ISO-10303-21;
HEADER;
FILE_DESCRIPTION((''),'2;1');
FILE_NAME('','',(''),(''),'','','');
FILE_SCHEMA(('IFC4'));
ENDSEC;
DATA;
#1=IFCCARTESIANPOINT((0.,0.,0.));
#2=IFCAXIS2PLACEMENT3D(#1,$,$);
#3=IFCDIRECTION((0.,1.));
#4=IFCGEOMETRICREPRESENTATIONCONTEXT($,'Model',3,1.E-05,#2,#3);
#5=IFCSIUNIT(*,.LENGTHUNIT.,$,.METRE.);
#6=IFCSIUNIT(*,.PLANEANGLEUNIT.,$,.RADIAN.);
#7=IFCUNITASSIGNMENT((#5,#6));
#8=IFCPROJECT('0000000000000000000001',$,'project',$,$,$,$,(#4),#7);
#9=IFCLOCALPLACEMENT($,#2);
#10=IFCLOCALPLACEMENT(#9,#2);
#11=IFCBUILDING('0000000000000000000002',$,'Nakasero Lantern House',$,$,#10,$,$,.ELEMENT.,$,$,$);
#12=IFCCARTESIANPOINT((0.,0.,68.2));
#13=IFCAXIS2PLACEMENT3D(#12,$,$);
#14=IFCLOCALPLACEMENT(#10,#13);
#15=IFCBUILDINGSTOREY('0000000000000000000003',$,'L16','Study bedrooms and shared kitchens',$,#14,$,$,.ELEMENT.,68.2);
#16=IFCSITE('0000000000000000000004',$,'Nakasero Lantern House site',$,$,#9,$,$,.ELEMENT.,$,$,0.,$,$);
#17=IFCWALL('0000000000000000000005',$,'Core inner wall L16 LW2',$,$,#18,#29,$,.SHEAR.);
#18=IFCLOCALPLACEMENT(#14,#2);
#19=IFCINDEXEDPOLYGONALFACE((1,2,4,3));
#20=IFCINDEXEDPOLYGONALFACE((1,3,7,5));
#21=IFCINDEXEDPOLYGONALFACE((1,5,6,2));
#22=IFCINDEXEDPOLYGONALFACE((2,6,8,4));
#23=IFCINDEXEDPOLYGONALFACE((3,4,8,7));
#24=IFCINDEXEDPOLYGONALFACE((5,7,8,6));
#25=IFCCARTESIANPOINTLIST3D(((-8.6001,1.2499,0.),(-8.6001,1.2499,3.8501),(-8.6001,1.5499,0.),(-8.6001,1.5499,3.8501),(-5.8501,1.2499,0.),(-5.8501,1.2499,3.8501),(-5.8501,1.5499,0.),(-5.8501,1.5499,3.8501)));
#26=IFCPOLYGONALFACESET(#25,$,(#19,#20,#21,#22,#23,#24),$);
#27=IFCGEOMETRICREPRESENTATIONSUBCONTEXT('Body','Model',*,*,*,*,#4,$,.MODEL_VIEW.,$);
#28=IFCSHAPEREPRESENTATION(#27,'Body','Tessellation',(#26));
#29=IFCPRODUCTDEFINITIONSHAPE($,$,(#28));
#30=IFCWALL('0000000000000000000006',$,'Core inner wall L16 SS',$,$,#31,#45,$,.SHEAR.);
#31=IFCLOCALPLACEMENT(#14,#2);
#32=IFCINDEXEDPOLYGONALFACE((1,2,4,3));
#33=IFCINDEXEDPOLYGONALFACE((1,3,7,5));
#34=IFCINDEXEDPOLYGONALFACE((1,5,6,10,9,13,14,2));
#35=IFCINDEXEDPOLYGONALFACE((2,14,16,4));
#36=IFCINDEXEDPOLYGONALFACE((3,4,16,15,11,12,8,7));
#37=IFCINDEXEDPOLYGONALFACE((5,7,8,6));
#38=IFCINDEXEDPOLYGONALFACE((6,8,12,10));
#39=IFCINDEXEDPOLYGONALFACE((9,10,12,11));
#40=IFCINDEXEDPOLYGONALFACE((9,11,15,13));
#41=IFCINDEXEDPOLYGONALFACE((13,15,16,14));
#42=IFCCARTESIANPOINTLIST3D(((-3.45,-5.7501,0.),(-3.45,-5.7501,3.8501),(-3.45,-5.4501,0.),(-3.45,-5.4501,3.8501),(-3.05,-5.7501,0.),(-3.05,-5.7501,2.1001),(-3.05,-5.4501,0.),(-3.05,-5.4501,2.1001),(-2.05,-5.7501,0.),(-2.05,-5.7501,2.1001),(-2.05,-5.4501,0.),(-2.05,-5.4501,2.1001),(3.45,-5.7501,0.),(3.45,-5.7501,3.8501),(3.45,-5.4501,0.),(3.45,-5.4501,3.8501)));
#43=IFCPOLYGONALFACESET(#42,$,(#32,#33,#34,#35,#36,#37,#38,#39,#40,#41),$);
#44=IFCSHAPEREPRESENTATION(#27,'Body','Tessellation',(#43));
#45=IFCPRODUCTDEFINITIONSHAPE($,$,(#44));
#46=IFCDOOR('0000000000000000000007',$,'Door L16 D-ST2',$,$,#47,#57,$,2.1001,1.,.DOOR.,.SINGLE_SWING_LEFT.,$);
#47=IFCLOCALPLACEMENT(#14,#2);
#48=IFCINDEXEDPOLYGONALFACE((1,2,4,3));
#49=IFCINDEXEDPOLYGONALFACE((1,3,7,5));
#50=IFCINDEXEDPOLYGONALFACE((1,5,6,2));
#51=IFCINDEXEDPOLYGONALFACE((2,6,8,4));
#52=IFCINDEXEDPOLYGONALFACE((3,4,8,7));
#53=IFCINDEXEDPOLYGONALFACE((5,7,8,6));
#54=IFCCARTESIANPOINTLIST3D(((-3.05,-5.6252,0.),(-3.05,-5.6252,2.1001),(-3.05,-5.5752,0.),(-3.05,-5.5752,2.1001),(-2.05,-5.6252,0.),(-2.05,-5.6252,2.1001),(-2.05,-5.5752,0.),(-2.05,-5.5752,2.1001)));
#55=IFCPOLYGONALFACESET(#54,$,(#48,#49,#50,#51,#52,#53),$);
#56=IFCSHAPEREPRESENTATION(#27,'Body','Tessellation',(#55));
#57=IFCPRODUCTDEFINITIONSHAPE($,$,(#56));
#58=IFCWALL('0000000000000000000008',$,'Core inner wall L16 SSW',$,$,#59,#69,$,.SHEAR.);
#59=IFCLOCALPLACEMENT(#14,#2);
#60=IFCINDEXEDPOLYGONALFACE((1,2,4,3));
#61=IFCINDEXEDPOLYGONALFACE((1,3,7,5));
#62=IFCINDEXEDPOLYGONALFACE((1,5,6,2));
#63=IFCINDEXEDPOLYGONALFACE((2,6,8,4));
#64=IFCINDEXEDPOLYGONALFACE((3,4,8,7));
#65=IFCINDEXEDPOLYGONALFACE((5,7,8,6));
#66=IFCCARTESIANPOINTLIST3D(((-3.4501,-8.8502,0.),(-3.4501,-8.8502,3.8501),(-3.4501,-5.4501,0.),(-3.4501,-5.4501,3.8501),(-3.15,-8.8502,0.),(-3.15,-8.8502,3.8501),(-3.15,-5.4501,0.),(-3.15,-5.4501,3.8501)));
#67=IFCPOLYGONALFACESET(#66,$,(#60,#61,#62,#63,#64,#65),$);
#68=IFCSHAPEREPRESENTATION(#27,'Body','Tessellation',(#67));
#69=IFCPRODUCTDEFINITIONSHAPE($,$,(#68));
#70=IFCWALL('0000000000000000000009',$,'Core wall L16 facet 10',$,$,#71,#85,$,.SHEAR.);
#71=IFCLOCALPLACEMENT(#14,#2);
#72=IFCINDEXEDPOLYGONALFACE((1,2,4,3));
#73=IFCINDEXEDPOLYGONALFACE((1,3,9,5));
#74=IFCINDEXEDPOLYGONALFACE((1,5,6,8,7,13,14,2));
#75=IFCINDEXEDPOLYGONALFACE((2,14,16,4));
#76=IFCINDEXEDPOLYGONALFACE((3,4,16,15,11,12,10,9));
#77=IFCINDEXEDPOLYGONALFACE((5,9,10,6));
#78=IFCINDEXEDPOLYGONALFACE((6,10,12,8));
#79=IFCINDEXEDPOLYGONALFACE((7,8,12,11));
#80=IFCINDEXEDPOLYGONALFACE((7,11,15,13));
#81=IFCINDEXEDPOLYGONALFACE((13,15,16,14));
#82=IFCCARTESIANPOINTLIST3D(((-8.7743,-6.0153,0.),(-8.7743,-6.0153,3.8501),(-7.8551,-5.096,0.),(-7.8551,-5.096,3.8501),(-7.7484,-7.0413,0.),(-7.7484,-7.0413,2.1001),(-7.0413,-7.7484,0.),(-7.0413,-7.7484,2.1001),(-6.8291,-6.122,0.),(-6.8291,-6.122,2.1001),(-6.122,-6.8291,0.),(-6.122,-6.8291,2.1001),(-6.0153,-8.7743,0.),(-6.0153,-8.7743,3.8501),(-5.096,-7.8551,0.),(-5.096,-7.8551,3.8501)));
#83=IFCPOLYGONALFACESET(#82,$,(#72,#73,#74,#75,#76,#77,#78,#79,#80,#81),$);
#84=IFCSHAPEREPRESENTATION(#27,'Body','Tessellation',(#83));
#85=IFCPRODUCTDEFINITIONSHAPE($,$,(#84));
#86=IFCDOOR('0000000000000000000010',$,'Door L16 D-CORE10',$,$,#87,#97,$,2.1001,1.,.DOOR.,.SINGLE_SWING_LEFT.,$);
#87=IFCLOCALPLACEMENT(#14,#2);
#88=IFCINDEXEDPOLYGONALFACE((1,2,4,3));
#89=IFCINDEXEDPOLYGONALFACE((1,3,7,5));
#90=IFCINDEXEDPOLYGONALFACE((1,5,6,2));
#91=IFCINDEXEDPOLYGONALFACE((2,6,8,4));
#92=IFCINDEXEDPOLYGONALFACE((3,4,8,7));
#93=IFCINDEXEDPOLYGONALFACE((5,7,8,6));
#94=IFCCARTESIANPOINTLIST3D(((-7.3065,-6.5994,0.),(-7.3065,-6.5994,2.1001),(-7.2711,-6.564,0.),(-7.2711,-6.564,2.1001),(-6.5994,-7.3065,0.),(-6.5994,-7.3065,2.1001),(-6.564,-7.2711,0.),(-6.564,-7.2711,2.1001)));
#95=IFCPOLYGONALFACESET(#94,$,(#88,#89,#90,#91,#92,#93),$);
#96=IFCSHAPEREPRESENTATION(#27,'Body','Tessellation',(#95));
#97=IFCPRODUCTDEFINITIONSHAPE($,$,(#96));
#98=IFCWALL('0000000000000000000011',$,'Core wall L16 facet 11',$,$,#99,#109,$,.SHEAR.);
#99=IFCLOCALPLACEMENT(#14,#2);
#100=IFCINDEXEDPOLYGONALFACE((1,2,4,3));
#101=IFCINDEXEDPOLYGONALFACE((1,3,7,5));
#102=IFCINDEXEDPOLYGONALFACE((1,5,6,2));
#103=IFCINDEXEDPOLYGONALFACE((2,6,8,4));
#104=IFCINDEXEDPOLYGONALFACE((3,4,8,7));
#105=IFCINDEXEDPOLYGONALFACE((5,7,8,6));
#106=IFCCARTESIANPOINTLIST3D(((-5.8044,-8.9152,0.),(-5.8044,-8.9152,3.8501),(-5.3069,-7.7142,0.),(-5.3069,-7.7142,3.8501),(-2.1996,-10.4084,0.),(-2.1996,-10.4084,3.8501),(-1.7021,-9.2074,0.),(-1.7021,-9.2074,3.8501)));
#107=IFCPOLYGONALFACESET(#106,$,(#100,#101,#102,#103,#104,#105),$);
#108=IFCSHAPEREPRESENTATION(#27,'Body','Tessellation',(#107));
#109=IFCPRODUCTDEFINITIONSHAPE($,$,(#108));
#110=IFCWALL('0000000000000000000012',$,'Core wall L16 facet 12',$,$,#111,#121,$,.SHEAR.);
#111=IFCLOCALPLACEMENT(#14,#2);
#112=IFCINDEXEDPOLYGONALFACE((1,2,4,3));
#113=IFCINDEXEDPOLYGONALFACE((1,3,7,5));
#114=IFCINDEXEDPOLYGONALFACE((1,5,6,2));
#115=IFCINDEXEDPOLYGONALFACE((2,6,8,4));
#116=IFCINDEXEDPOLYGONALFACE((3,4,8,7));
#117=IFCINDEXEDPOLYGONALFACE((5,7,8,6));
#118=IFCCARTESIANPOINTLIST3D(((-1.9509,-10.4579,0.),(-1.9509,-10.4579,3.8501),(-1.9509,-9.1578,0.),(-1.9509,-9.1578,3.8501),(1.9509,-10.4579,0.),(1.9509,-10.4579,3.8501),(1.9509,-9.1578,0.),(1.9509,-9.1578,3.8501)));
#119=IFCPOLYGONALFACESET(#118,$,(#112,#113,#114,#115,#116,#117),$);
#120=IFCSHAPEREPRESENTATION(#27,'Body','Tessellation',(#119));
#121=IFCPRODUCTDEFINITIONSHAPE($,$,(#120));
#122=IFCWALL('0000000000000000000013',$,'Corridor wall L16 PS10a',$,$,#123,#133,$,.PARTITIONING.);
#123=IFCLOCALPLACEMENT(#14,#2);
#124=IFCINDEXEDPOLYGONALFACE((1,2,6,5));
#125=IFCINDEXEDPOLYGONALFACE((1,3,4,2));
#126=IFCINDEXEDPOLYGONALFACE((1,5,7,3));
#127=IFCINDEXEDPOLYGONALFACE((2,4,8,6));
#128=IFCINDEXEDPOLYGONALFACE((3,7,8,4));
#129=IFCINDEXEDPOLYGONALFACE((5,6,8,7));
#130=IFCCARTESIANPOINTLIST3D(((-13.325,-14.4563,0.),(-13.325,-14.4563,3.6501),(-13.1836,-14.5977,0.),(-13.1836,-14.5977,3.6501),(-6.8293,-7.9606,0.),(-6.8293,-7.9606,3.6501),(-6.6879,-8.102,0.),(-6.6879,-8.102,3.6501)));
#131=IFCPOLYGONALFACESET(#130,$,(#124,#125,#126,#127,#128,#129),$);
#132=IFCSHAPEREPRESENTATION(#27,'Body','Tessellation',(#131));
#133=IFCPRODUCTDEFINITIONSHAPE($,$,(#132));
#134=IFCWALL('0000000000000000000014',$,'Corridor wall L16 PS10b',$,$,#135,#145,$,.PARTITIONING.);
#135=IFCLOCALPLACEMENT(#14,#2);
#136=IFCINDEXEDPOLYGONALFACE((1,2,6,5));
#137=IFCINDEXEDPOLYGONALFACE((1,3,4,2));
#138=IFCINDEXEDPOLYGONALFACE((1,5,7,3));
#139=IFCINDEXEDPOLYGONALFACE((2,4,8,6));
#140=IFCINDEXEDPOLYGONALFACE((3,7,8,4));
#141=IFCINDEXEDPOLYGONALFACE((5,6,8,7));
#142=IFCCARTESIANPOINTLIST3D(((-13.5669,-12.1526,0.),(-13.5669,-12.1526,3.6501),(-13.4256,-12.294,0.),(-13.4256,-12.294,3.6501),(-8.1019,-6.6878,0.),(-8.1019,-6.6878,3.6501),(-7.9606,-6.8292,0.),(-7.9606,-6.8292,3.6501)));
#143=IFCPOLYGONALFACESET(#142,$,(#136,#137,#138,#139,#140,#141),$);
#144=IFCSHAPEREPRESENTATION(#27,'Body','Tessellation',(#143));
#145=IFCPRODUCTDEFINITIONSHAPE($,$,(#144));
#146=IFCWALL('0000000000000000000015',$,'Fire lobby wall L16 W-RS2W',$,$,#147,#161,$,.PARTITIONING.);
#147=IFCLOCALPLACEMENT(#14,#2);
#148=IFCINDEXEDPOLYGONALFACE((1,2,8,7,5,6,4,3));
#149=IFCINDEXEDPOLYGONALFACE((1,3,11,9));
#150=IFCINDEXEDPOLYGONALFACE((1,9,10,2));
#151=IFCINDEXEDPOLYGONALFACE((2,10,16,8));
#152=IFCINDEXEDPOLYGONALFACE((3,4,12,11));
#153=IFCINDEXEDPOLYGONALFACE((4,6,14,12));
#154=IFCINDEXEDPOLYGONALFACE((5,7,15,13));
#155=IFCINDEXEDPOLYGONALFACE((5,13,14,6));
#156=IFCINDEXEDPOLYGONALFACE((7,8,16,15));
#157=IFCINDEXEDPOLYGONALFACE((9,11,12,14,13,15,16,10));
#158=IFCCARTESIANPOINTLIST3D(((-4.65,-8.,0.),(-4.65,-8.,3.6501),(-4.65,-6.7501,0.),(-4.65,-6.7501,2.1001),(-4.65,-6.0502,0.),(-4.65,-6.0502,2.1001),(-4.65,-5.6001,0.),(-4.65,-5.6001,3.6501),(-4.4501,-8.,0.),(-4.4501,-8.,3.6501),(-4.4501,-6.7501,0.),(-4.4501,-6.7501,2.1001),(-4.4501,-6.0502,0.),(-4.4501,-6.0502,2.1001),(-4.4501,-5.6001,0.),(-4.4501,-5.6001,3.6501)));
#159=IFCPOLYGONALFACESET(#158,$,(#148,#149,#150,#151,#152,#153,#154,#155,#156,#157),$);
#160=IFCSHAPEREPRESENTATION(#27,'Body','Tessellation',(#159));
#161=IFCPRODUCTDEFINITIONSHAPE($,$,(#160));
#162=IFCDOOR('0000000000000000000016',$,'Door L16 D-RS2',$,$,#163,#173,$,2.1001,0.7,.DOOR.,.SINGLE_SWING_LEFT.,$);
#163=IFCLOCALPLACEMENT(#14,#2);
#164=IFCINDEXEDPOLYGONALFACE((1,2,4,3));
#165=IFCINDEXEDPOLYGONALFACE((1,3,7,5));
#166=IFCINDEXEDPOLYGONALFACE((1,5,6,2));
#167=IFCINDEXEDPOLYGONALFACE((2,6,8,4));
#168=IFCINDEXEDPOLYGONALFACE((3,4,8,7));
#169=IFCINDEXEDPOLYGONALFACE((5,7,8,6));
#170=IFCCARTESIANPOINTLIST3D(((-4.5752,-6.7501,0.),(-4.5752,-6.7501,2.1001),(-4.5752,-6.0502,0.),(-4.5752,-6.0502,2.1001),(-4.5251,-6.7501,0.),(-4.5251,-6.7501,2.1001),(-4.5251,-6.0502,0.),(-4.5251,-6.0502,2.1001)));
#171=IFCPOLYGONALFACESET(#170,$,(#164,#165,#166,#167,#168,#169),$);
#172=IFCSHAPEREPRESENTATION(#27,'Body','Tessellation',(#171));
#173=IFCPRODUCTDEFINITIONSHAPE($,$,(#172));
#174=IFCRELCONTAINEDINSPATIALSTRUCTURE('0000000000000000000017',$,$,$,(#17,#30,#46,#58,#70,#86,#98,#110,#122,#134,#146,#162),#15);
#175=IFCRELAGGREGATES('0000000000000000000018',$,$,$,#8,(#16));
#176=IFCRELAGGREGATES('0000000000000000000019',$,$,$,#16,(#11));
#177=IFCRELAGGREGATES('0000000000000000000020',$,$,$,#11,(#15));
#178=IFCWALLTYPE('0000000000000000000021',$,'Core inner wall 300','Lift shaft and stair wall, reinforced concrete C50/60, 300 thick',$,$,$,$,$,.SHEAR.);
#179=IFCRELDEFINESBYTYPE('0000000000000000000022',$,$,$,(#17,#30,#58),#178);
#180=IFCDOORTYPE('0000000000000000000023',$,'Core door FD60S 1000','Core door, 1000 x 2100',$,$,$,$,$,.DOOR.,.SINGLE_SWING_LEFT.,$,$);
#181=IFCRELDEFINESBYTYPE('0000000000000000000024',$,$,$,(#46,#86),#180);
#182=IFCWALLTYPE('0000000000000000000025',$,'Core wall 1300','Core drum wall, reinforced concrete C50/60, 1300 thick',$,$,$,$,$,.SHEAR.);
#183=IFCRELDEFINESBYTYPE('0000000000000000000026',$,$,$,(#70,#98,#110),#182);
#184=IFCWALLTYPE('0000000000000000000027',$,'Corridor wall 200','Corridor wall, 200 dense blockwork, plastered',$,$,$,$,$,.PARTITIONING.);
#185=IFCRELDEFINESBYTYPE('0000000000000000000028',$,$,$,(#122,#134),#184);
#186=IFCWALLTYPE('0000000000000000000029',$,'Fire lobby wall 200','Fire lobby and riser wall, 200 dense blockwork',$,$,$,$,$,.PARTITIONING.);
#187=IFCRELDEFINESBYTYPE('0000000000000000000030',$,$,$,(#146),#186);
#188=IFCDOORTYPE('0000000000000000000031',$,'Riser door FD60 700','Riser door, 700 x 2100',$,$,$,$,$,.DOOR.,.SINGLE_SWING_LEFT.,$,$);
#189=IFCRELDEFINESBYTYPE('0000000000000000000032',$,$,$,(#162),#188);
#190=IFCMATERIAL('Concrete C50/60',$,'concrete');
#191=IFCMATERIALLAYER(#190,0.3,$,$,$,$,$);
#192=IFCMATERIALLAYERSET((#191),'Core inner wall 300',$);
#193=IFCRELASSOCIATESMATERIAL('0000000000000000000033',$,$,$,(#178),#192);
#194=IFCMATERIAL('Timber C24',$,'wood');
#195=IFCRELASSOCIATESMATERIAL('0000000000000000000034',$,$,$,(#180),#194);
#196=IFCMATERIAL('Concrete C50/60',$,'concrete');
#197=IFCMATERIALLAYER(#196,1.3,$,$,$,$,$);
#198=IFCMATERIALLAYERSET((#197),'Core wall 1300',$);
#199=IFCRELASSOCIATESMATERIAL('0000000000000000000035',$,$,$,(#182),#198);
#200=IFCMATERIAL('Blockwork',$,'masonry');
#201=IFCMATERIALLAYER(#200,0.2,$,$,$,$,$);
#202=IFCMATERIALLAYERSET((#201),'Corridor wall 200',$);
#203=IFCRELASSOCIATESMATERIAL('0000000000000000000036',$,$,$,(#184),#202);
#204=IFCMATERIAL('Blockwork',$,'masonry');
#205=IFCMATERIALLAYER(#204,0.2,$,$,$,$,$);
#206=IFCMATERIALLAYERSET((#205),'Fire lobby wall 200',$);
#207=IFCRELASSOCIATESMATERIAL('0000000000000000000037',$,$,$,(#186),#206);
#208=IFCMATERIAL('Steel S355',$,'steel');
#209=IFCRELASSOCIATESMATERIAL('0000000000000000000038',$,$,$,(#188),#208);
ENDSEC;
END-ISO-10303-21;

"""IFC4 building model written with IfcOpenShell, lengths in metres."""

from ifc_helpers import new_model, si_unit, direction, frame, frame_2d, origin, place, context, subcontext, project, spatial, rectangle, extrude, material, layer, layer_set, type_object, element, fill, save


model = new_model("IFC4")

# Units and contexts
model_context = context("Model", 3, precision=1e-05, world=origin(), true_north=direction((0.0, 1.0)))
body_context = subcontext(model_context, "Body", "Model", "MODEL_VIEW")
ifc_project = project(units=[si_unit("LENGTHUNIT", "METRE"), si_unit("PLANEANGLEUNIT", "RADIAN")], contexts=[model_context])

# Site, building, storey
site_placement = place(None, origin())
site = spatial("IfcSite", under=ifc_project, at=site_placement, Name="Nakasero Lantern House site", CompositionType="ELEMENT", RefElevation=0.0)
building_placement = place(site_placement, origin())
building = spatial("IfcBuilding", under=site, at=building_placement, Name="Nakasero Lantern House", CompositionType="ELEMENT")
storey_placement = place(building_placement, frame((0.0, 0.0, 68.2)))
storey = spatial("IfcBuildingStorey", under=building, at=storey_placement, Name="L16", Description="Study bedrooms and shared kitchens", CompositionType="ELEMENT", Elevation=68.2)

# Shared definitions
ifc_material_1 = material(Name="Concrete C50/60", Category="concrete")
ifc_layer_1 = layer(ifc_material_1, 0.3)
ifc_layer_set_1 = layer_set([ifc_layer_1], Name="Core inner wall 300")
wall_type_1 = type_object("IfcWallType", Name="Core inner wall 300", Description="Lift shaft and stair wall, reinforced concrete C50/60, 300 thick", PredefinedType="SHEAR", material=ifc_layer_set_1)

# Wall
for number, where, z_axis, x_axis, name in (
    (1, (-8.6001, 1.3999, 0.0), (0.0, 0.0, 1.0), (1.0, 0.0, 0.0), "Core inner wall L16 LW2"),
):
    element("IfcWall", number, at=place(storey_placement, frame(where, z_axis=z_axis, x_axis=x_axis)), inside=storey, type_object=wall_type_1, Name=name, PredefinedType="SHEAR", context=body_context, shape_type="SweptSolid", body=[
        extrude(rectangle(XDim=2.75, YDim=0.3, at=frame_2d((1.375, 0.0))), origin(), (0.0, 0.0, 1.0), 3.8501),
    ])

# Wall, opening, door
wall_1_placement = place(storey_placement, frame((-3.45, -5.6001, 0.0), z_axis=(0.0, 0.0, 1.0), x_axis=(1.0, 0.0, 0.0)))
wall_1 = element("IfcWall", 2, at=wall_1_placement, inside=storey, type_object=wall_type_1, Name="Core inner wall L16 SS", PredefinedType="SHEAR", context=body_context, shape_type="SweptSolid", body=[
    extrude(rectangle(XDim=6.8999, YDim=0.3, at=frame_2d((3.45, 0.0))), origin(), (0.0, 0.0, 1.0), 3.8501),
])
opening_1_placement = place(wall_1_placement, frame((0.3999, 0.0, 0.0)))
opening_1 = element("IfcOpeningElement", 3, at=opening_1_placement, cuts=wall_1, PredefinedType="OPENING", context=body_context, shape_type="SweptSolid", body=[
    extrude(rectangle(XDim=1.0, YDim=2.1001, at=frame_2d((0.5, 1.05))), frame((0.0, 0.1699, 0.0), z_axis=(0.0, -1.0, 0.0), x_axis=(1.0, 0.0, 0.0)), (0.0, 0.0, 1.0), 0.3401),
])
ifc_material_2 = material(Name="Timber C24", Category="wood")
door_type_1 = type_object("IfcDoorType", Name="Core door FD60S 1000", Description="Core door, 1000 x 2100", OperationType="SINGLE_SWING_LEFT", PredefinedType="DOOR", material=ifc_material_2)
door_1_placement = place(opening_1_placement, origin())
door_1 = element("IfcDoor", 4, at=door_1_placement, inside=storey, type_object=door_type_1, Name="Door L16 D-ST2", OperationType="SINGLE_SWING_LEFT", OverallHeight=2.1001, OverallWidth=1.0, PredefinedType="DOOR", context=body_context, shape_type="SweptSolid", body=[
    extrude(rectangle(XDim=1.0, YDim=2.1001, at=frame_2d((0.5, 1.05))), frame((0.0, 0.0249, 0.0), z_axis=(0.0, -1.0, 0.0), x_axis=(1.0, 0.0, 0.0)), (0.0, 0.0, 1.0), 0.05),
])
fill(opening_1, door_1)

# Wall
wall_2_placement = place(storey_placement, frame((-3.3, -5.45, 0.0), z_axis=(0.0, 0.0, 1.0), x_axis=(0.0, -1.0, 0.0)))
element("IfcWall", 5, at=wall_2_placement, inside=storey, type_object=wall_type_1, Name="Core inner wall L16 SSW", PredefinedType="SHEAR", context=body_context, shape_type="SweptSolid", body=[
    extrude(rectangle(XDim=3.4001, YDim=0.3, at=frame_2d((1.7002, 0.0))), origin(), (0.0, 0.0, 1.0), 3.8501),
])

# Wall, opening, door
ifc_material_3 = material(Name="Concrete C50/60", Category="concrete")
ifc_layer_2 = layer(ifc_material_3, 1.3)
ifc_layer_set_2 = layer_set([ifc_layer_2], Name="Core wall 1300")
wall_type_2 = type_object("IfcWallType", Name="Core wall 1300", Description="Core drum wall, reinforced concrete C50/60, 1300 thick", PredefinedType="SHEAR", material=ifc_layer_set_2)
wall_3_placement = place(storey_placement, frame((-8.3147, -5.5557, 0.0), z_axis=(0.0, 0.0, 1.0), x_axis=(0.707107, -0.707107, 0.0)))
wall_3 = element("IfcWall", 6, at=wall_3_placement, inside=storey, type_object=wall_type_2, Name="Core wall L16 facet 10", PredefinedType="SHEAR", context=body_context, shape_type="SweptSolid", body=[
    extrude(rectangle(XDim=3.9019, YDim=1.3, at=frame_2d((1.9509, 0.0))), origin(), (0.0, 0.0, 1.0), 3.8501),
])
opening_2_placement = place(wall_3_placement, frame((1.4509, 0.0, 0.0)))
opening_2 = element("IfcOpeningElement", 7, at=opening_2_placement, cuts=wall_3, PredefinedType="OPENING", context=body_context, shape_type="SweptSolid", body=[
    extrude(rectangle(XDim=1.0, YDim=2.1001, at=frame_2d((0.5, 1.05))), frame((0.0, 0.6699, 0.0), z_axis=(0.0, -1.0, 0.0), x_axis=(1.0, 0.0, 0.0)), (0.0, 0.0, 1.0), 1.3401),
])
door_2_placement = place(opening_2_placement, origin())
door_2 = element("IfcDoor", 8, at=door_2_placement, inside=storey, type_object=door_type_1, Name="Door L16 D-CORE10", OperationType="SINGLE_SWING_LEFT", OverallHeight=2.1001, OverallWidth=1.0, PredefinedType="DOOR", context=body_context, shape_type="SweptSolid", body=[
    extrude(rectangle(XDim=1.0, YDim=2.1001, at=frame_2d((0.5, 1.05))), frame((0.0, 0.0249, 0.0), z_axis=(0.0, -1.0, 0.0), x_axis=(1.0, 0.0, 0.0)), (0.0, 0.0, 1.0), 0.05),
])
fill(opening_2, door_2)

# Walls
for number, where, z_axis, x_axis, name in (
    (9, (-5.5557, -8.3147, 0.0), (0.0, 0.0, 1.0), (0.923877, -0.382691, 0.0), "Core wall L16 facet 11"),
    (10, (-1.9509, -9.8079, 0.0), (0.0, 0.0, 1.0), (1.0, 0.0, 0.0), "Core wall L16 facet 12"),
):
    element("IfcWall", number, at=place(storey_placement, frame(where, z_axis=z_axis, x_axis=x_axis)), inside=storey, type_object=wall_type_2, Name=name, PredefinedType="SHEAR", context=body_context, shape_type="SweptSolid", body=[
        extrude(rectangle(XDim=3.9019, YDim=1.3, at=frame_2d((1.9509, 0.0))), origin(), (0.0, 0.0, 1.0), 3.8501),
    ])
ifc_material_4 = material(Name="Blockwork", Category="masonry")
ifc_layer_3 = layer(ifc_material_4, 0.2)
ifc_layer_set_3 = layer_set([ifc_layer_3], Name="Corridor wall 200")
wall_type_3 = type_object("IfcWallType", Name="Corridor wall 200", Description="Corridor wall, 200 dense blockwork, plastered", PredefinedType="PARTITIONING", material=ifc_layer_set_3)
wall_4_placement = place(storey_placement, frame((-6.7585, -8.0312, 0.0), z_axis=(0.0, 0.0, 1.0), x_axis=(-0.707107, -0.707107, 0.0)))
element("IfcWall", 11, at=wall_4_placement, inside=storey, type_object=wall_type_3, Name="Corridor wall L16 PS10a", PredefinedType="PARTITIONING", context=body_context, shape_type="SweptSolid", body=[
    extrude(rectangle(XDim=9.1863, YDim=0.2, at=frame_2d((4.5933, 0.0))), origin(), (0.0, 0.0, 1.0), 3.6501),
])
wall_5_placement = place(storey_placement, frame((-8.0312, -6.7585, 0.0), z_axis=(0.0, 0.0, 1.0), x_axis=(-0.707123, -0.707091, 0.0)))
element("IfcWall", 12, at=wall_5_placement, inside=storey, type_object=wall_type_3, Name="Corridor wall L16 PS10b", PredefinedType="PARTITIONING", context=body_context, shape_type="SweptSolid", body=[
    extrude(rectangle(XDim=7.7285, YDim=0.2, at=frame_2d((3.8643, 0.0))), origin(), (0.0, 0.0, 1.0), 3.6501),
])

# Wall, opening, door
ifc_material_5 = material(Name="Blockwork", Category="masonry")
ifc_layer_4 = layer(ifc_material_5, 0.2)
ifc_layer_set_4 = layer_set([ifc_layer_4], Name="Fire lobby wall 200")
wall_type_4 = type_object("IfcWallType", Name="Fire lobby wall 200", Description="Fire lobby and riser wall, 200 dense blockwork", PredefinedType="PARTITIONING", material=ifc_layer_set_4)
wall_6_placement = place(storey_placement, frame((-4.55, -5.6001, 0.0), z_axis=(0.0, 0.0, 1.0), x_axis=(0.0, -1.0, 0.0)))
wall_6 = element("IfcWall", 13, at=wall_6_placement, inside=storey, type_object=wall_type_4, Name="Fire lobby wall L16 W-RS2W", PredefinedType="PARTITIONING", context=body_context, shape_type="SweptSolid", body=[
    extrude(rectangle(XDim=2.3999, YDim=0.2, at=frame_2d((1.2, 0.0))), origin(), (0.0, 0.0, 1.0), 3.6501),
])
opening_3_placement = place(wall_6_placement, frame((0.45, 0.0, 0.0)))
opening_3 = element("IfcOpeningElement", 14, at=opening_3_placement, cuts=wall_6, PredefinedType="OPENING", context=body_context, shape_type="SweptSolid", body=[
    extrude(rectangle(XDim=0.7, YDim=2.1001, at=frame_2d((0.3501, 1.05))), frame((0.0, 0.1199, 0.0), z_axis=(0.0, -1.0, 0.0), x_axis=(1.0, 0.0, 0.0)), (0.0, 0.0, 1.0), 0.24),
])
ifc_material_6 = material(Name="Steel S355", Category="steel")
door_type_2 = type_object("IfcDoorType", Name="Riser door FD60 700", Description="Riser door, 700 x 2100", OperationType="SINGLE_SWING_LEFT", PredefinedType="DOOR", material=ifc_material_6)
door_3_placement = place(opening_3_placement, origin())
door_3 = element("IfcDoor", 15, at=door_3_placement, inside=storey, type_object=door_type_2, Name="Door L16 D-RS2", OperationType="SINGLE_SWING_LEFT", OverallHeight=2.1001, OverallWidth=0.7, PredefinedType="DOOR", context=body_context, shape_type="SweptSolid", body=[
    extrude(rectangle(XDim=0.7, YDim=2.1001, at=frame_2d((0.3501, 1.05))), frame((0.0, 0.0249, 0.0), z_axis=(0.0, -1.0, 0.0), x_axis=(1.0, 0.0, 0.0)), (0.0, 0.0, 1.0), 0.05),
])
fill(opening_3, door_3)

save(model, "model.ifc")
